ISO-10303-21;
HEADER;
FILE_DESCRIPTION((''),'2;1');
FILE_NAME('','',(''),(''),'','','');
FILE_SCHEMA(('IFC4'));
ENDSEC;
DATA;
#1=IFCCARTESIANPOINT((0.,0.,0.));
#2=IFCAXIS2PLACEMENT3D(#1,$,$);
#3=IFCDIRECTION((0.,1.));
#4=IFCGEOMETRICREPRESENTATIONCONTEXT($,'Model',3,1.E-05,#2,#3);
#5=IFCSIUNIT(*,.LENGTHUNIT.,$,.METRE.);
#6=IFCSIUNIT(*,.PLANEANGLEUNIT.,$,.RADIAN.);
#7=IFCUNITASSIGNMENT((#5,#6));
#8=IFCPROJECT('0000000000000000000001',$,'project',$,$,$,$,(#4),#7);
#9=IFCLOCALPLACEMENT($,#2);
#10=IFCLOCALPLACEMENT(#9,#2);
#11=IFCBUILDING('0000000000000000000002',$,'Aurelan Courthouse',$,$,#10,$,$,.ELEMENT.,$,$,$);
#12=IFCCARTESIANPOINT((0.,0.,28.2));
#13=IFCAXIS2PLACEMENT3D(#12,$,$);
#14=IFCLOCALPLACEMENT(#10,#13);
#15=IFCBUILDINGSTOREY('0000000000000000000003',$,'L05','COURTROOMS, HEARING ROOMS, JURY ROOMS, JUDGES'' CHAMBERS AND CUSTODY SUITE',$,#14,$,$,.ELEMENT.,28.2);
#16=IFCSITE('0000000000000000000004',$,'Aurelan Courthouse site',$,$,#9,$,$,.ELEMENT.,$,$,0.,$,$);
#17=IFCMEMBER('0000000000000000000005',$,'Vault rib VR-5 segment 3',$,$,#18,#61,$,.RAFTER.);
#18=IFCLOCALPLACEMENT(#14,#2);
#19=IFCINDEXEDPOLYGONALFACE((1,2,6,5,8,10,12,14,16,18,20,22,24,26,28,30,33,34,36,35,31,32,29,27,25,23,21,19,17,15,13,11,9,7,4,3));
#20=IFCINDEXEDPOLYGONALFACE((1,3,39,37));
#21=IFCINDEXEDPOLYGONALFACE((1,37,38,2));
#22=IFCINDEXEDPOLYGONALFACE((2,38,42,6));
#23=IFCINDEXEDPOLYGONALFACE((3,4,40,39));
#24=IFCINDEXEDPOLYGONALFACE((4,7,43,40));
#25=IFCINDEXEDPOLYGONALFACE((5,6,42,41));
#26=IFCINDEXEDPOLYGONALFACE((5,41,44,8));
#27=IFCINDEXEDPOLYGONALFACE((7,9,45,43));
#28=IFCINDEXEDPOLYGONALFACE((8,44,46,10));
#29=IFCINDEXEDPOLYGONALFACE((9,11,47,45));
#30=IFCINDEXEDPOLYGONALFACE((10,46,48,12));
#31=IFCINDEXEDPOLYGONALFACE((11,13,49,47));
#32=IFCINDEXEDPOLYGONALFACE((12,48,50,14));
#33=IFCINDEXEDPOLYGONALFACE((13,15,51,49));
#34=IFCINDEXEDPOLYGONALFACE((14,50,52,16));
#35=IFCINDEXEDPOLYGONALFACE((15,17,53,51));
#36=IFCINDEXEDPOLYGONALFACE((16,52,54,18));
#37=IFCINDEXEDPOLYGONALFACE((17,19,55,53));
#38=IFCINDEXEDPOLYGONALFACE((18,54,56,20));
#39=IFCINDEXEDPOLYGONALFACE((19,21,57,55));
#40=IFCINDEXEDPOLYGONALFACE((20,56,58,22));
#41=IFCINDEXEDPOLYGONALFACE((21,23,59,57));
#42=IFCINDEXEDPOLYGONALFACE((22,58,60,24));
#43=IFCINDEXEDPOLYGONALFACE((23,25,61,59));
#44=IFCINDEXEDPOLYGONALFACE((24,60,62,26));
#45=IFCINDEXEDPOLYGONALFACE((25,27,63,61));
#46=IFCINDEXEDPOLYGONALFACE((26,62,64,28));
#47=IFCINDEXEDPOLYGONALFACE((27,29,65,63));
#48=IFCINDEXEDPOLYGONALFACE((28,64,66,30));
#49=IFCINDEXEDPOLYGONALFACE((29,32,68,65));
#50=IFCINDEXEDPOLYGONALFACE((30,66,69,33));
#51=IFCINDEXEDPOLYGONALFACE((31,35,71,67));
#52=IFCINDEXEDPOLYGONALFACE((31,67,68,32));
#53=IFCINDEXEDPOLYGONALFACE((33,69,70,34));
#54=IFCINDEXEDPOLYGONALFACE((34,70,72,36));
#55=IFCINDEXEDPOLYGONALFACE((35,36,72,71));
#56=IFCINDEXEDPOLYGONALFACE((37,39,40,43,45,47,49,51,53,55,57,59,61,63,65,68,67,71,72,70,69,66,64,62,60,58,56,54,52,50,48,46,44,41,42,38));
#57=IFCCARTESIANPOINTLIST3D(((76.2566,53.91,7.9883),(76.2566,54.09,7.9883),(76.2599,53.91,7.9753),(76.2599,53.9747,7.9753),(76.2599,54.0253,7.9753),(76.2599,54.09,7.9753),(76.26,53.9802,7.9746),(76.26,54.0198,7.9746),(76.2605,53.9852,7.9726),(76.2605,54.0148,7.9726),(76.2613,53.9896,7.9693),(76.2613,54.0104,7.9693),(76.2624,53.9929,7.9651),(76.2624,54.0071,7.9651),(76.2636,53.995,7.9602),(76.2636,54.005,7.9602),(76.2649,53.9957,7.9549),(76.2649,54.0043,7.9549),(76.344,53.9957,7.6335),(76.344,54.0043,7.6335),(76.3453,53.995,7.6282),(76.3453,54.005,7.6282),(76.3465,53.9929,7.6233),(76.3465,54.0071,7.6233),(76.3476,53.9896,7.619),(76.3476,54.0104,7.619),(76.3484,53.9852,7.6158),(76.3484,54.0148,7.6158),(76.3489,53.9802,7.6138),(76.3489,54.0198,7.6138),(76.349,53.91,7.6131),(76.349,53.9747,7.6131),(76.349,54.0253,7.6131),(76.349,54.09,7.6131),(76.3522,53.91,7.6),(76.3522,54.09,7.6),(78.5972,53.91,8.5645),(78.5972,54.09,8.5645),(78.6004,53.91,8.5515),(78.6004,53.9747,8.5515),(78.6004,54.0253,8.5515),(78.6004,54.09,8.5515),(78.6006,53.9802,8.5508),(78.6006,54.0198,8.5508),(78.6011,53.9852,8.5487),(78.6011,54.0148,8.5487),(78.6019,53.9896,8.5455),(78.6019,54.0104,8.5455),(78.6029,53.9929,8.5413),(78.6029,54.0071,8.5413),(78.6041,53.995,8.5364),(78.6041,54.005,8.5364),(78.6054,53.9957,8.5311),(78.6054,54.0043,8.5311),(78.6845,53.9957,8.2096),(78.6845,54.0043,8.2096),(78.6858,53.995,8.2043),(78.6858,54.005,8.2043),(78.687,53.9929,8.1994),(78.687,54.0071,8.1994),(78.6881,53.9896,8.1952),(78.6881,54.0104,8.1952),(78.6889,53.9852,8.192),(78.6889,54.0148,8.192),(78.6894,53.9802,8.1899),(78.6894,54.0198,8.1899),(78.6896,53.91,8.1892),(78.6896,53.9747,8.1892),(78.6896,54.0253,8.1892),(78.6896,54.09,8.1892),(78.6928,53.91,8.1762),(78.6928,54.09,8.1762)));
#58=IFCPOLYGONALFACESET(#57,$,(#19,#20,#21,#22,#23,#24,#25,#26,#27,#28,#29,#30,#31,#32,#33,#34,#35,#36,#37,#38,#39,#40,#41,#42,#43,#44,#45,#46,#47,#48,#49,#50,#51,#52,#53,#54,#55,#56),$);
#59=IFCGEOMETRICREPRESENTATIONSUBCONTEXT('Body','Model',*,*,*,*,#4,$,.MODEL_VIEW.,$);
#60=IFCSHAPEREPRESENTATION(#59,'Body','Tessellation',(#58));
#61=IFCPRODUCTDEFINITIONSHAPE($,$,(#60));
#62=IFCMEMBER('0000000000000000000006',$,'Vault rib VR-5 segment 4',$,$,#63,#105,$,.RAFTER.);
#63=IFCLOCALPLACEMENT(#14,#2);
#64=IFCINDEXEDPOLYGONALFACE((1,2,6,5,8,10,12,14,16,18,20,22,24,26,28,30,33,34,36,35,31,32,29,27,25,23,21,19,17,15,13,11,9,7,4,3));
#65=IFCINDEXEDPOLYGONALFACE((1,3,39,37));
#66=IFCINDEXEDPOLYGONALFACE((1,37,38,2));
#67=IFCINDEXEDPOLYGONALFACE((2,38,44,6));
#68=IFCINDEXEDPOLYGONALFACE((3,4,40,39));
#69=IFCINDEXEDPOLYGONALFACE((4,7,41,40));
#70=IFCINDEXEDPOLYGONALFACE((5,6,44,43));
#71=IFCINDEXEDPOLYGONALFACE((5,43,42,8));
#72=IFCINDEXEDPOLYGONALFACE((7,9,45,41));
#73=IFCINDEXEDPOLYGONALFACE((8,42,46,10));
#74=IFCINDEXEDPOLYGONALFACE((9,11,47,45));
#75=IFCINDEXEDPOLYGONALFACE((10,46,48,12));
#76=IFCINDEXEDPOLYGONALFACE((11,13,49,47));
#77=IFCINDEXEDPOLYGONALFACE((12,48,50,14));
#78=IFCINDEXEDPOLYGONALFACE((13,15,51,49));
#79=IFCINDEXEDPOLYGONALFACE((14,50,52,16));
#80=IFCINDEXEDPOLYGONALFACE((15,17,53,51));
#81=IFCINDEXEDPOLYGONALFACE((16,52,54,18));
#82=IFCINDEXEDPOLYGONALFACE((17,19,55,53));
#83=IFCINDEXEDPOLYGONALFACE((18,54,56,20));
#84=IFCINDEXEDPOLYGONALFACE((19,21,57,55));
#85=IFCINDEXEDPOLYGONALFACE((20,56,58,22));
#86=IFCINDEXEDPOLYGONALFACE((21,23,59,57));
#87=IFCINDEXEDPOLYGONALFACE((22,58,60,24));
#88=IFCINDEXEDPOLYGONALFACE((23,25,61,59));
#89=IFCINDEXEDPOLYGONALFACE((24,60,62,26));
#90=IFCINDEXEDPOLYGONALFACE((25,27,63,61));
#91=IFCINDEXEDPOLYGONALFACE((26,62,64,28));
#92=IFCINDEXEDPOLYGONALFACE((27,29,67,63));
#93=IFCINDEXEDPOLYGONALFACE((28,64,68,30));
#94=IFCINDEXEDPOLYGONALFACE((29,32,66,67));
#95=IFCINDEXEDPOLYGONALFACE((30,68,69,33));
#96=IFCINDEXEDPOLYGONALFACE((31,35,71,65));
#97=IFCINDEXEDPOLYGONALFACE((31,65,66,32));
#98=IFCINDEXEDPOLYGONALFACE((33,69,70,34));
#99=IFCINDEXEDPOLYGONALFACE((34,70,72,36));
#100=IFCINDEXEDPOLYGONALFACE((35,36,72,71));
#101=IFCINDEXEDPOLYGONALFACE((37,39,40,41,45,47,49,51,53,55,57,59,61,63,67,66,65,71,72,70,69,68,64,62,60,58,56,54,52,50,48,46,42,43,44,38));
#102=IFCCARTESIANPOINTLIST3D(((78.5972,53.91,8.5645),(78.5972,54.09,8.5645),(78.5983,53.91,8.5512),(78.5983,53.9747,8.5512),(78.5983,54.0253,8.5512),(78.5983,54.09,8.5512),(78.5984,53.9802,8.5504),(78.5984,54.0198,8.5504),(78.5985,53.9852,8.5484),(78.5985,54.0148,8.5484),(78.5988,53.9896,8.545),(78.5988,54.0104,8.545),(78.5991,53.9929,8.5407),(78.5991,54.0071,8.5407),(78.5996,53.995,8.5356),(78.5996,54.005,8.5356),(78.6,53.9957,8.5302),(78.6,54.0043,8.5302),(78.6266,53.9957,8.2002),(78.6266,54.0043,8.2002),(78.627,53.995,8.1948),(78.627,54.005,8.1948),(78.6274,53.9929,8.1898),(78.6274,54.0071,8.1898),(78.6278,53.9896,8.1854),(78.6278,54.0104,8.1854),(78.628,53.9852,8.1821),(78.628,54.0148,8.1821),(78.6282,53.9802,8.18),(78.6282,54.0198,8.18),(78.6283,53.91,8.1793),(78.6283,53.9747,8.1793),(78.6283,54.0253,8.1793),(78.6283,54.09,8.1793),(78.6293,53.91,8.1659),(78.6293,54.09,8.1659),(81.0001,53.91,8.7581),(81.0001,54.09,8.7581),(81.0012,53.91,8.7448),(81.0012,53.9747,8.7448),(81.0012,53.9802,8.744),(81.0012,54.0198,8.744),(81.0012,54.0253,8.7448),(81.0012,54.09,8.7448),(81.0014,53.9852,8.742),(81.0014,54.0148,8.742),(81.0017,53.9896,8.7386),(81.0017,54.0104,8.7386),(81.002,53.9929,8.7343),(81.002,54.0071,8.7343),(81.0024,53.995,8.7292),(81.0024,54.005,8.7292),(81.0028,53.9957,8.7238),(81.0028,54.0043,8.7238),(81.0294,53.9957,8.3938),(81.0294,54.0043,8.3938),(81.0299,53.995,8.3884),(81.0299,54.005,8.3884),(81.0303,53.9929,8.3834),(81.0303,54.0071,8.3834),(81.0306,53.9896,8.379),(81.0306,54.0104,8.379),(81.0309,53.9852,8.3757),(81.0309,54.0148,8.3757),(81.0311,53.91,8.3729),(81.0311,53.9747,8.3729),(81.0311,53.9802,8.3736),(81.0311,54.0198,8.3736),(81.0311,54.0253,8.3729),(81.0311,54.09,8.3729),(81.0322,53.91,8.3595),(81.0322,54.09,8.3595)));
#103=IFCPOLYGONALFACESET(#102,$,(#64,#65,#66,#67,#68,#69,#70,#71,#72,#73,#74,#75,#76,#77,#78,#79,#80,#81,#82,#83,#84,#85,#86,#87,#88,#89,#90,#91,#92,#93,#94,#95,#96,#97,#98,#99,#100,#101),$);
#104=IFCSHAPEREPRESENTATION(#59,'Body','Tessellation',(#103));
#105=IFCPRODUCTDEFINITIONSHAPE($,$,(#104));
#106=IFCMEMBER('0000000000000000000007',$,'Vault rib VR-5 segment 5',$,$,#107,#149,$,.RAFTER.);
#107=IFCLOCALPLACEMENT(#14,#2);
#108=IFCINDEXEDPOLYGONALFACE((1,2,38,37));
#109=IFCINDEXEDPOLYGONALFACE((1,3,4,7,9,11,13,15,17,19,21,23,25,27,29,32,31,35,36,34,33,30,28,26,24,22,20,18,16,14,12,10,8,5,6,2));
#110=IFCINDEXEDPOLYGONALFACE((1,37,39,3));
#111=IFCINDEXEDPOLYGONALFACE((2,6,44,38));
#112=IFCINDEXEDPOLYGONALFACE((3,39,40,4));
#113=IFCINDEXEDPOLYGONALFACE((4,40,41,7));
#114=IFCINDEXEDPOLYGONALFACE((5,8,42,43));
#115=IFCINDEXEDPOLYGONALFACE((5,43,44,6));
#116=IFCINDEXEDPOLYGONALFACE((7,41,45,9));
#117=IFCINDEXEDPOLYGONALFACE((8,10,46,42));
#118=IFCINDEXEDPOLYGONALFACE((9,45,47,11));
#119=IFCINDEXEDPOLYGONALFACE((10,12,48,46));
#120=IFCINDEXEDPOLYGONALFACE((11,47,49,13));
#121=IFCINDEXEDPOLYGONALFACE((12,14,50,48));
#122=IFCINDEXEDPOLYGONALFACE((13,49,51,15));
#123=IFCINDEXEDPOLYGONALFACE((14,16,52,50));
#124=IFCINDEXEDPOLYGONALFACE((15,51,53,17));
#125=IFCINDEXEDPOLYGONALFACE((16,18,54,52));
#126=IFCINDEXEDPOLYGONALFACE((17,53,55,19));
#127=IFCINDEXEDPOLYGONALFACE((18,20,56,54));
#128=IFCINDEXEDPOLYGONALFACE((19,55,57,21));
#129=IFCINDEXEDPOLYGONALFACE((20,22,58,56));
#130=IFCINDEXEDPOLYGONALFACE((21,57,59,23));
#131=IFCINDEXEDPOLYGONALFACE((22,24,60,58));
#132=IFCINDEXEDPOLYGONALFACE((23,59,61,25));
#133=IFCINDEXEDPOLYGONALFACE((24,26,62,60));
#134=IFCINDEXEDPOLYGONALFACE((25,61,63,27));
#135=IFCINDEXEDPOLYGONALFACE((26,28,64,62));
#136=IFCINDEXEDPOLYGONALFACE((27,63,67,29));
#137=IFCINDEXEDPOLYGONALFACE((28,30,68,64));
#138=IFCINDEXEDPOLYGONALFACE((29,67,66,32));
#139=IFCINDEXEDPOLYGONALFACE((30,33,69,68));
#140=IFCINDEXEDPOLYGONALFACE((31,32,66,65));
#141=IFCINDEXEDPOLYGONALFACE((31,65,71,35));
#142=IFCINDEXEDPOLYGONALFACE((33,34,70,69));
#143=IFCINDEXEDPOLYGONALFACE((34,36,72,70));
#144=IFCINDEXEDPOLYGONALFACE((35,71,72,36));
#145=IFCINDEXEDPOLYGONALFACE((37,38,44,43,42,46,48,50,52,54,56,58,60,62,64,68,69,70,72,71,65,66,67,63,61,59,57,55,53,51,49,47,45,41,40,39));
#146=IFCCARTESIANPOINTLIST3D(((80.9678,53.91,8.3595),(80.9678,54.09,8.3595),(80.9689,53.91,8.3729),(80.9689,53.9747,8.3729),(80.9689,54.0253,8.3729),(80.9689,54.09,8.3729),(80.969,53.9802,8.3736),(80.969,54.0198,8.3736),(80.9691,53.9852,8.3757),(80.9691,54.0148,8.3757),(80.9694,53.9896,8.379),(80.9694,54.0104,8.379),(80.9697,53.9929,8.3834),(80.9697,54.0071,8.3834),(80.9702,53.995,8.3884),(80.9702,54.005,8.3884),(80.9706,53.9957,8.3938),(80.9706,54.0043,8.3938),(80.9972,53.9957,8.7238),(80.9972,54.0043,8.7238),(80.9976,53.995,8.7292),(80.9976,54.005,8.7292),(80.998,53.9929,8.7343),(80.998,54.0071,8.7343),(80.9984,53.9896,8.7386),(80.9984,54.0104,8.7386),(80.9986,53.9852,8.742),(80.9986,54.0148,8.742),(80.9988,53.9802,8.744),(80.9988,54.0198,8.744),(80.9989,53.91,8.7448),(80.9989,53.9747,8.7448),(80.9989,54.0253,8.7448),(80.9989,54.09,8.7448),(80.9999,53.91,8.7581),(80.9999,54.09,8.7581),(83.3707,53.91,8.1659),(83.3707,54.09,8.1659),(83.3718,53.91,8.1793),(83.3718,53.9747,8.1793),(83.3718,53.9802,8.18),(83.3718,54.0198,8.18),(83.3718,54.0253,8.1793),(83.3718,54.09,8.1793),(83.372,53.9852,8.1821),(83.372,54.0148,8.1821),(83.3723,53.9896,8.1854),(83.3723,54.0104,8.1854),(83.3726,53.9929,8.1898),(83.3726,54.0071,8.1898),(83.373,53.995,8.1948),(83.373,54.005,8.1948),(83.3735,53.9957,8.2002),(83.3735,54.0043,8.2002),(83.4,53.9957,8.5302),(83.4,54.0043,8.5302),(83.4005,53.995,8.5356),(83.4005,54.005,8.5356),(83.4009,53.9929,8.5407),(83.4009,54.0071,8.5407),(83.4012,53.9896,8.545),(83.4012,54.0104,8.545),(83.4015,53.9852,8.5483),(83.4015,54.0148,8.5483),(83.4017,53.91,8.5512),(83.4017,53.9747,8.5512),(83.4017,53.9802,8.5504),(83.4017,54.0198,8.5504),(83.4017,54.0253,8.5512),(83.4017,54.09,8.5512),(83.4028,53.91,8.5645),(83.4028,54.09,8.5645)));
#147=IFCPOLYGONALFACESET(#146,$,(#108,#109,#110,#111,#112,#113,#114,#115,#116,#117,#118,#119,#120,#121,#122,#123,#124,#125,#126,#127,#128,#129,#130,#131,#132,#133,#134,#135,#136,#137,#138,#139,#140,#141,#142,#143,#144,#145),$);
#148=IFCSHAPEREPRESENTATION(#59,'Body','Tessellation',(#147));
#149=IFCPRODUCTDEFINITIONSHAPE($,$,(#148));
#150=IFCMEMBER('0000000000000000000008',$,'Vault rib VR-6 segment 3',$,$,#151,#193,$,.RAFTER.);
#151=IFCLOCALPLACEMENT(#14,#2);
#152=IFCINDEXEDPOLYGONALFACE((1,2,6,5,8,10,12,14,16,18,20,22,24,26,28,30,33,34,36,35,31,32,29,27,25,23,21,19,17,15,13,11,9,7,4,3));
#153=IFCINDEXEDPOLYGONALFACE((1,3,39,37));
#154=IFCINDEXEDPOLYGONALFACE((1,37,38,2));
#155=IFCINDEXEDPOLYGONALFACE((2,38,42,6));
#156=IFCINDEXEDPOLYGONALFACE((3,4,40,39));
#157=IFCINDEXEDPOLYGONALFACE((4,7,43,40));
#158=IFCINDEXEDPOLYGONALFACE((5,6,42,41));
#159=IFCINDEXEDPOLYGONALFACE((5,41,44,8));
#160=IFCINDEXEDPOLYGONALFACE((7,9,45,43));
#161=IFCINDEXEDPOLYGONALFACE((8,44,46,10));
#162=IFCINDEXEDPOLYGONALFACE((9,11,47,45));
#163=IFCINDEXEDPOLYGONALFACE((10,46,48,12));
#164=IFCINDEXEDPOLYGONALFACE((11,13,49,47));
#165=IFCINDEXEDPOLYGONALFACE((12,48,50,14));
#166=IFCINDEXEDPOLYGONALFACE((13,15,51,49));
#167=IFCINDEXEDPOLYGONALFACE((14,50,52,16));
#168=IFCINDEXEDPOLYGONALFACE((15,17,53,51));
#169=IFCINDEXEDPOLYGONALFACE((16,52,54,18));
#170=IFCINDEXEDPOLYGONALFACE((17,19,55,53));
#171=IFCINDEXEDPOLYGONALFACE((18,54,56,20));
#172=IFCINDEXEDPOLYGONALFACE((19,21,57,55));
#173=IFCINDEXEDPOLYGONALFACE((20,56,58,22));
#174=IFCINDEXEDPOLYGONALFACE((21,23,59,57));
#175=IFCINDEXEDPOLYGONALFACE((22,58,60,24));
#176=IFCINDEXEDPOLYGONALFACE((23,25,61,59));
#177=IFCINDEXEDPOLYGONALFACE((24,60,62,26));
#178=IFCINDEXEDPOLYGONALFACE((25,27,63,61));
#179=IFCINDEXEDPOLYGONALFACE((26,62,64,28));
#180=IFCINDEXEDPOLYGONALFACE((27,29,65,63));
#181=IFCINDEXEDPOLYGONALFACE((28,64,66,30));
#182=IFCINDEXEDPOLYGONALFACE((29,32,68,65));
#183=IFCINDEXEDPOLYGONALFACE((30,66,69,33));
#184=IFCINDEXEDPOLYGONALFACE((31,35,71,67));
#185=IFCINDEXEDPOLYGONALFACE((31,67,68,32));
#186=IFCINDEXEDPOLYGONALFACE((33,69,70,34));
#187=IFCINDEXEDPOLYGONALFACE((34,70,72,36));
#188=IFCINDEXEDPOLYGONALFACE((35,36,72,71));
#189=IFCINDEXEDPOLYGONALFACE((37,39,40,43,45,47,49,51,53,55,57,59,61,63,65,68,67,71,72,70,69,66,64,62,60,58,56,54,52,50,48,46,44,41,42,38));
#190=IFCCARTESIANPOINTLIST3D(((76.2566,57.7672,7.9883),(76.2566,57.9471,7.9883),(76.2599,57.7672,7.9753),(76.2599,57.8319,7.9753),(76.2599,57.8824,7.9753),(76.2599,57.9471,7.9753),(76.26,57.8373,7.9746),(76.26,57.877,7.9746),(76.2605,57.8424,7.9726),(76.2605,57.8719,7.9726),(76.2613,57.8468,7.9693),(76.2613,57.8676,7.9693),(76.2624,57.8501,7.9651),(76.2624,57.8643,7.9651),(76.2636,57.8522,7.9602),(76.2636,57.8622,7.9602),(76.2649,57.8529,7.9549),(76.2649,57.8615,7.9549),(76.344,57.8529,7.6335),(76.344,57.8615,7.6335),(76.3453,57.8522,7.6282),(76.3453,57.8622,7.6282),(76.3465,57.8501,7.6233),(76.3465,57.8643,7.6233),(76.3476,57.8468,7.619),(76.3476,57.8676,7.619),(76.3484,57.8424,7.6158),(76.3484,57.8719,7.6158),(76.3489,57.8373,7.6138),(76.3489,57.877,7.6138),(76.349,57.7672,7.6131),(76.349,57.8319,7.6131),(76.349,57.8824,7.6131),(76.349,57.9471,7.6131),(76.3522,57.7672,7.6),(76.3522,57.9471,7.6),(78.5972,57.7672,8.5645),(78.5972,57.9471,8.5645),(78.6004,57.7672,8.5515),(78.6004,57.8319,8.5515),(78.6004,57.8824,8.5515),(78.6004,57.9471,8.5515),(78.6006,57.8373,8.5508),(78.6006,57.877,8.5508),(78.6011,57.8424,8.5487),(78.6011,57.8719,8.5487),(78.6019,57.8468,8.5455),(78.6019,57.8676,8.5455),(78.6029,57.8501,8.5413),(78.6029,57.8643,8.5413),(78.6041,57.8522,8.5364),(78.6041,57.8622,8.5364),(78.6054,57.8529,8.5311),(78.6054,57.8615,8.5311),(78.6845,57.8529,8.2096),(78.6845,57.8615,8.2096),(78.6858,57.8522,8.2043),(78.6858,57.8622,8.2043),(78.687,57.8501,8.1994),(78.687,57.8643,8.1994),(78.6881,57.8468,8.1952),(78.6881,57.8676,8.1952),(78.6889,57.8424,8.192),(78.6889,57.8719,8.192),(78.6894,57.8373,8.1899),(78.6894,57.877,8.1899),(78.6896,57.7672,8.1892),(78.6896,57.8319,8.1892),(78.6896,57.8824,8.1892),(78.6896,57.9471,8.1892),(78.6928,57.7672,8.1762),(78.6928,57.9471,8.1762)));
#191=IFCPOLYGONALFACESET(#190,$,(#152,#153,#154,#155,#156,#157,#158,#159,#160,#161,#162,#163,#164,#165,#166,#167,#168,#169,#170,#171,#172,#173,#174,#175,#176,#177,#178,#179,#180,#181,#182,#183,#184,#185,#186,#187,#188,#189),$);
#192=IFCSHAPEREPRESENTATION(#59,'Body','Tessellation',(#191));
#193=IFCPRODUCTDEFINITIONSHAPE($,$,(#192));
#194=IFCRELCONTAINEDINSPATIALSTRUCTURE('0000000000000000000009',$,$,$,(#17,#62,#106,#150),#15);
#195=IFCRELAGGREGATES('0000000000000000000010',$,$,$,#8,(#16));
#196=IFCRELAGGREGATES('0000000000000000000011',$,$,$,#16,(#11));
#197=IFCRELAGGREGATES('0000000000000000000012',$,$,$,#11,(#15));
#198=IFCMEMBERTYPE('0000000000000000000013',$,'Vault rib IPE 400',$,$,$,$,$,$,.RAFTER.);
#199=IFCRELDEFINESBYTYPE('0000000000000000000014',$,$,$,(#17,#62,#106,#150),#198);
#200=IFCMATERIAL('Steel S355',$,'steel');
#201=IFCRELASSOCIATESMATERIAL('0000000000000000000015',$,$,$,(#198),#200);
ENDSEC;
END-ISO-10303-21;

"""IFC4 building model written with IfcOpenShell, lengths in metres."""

from ifc_helpers import new_model, si_unit, direction, frame, origin, origin_2d, place, context, subcontext, project, spatial, i_section, extrude, material, material_profile, profile_set, type_object, element, save


model = new_model("IFC4")

# Units and contexts
model_context = context("Model", 3, precision=1e-05, world=origin(), true_north=direction((0.0, 1.0)))
body_context = subcontext(model_context, "Body", "Model", "MODEL_VIEW")
ifc_project = project(units=[si_unit("LENGTHUNIT", "METRE"), si_unit("PLANEANGLEUNIT", "RADIAN")], contexts=[model_context])

# Site, building, storey
site_placement = place(None, origin())
site = spatial("IfcSite", under=ifc_project, at=site_placement, Name="Aurelan Courthouse site", CompositionType="ELEMENT", RefElevation=0.0)
building_placement = place(site_placement, origin())
building = spatial("IfcBuilding", under=site, at=building_placement, Name="Aurelan Courthouse", CompositionType="ELEMENT")
storey_placement = place(building_placement, frame((0.0, 0.0, 28.2)))
storey = spatial("IfcBuildingStorey", under=building, at=storey_placement, Name="L05", Description="COURTROOMS, HEARING ROOMS, JURY ROOMS, JUDGES' CHAMBERS AND CUSTODY SUITE", CompositionType="ELEMENT", Elevation=28.2)

# Shared definitions
ifc_material_1 = material(Name="Steel S355", Category="steel")

# Members
ifc_material_profile_1 = material_profile(ifc_material_1, i_section(OverallWidth=0.1799, OverallDepth=0.3999, WebThickness=0.0085, FlangeThickness=0.0134, FilletRadius=0.021, at=origin_2d()), Name="IPE 400")
ifc_profile_set_1 = profile_set([ifc_material_profile_1], Name="Steel S355")
member_type_1 = type_object("IfcMemberType", Name="Vault rib IPE 400", PredefinedType="RAFTER", material=ifc_profile_set_1)
member_1_placement = place(storey_placement, frame((76.3044, 54.0, 7.7942), z_axis=(0.971012, 0.0, 0.239031), x_axis=(0.0, 1.0, 0.0)))
element("IfcMember", 1, at=member_1_placement, inside=storey, type_object=member_type_1, Name="Vault rib VR-5 segment 3", PredefinedType="RAFTER", context=body_context, shape_type="SweptSolid", body=[
    extrude(i_section(OverallWidth=0.1799, OverallDepth=0.3999, WebThickness=0.0085, FlangeThickness=0.0134, FilletRadius=0.021, at=origin_2d()), origin(), (0.0, 0.0, 1.0), 2.4104),
])
for number, where, z_axis, x_axis, name in (
    (2, (78.6133, 54.0, 8.3652), (0.99677, 0.0, 0.080313), (0.0, 1.0, 0.0), "Vault rib VR-5 segment 4"),
    (3, (80.9839, 54.0, 8.5588), (0.99677, 0.0, -0.080313), (0.0, 1.0, 0.0), "Vault rib VR-5 segment 5"),
):
    element("IfcMember", number, at=place(storey_placement, frame(where, z_axis=z_axis, x_axis=x_axis)), inside=storey, type_object=member_type_1, Name=name, PredefinedType="RAFTER", context=body_context, shape_type="SweptSolid", body=[
        extrude(i_section(OverallWidth=0.1799, OverallDepth=0.3999, WebThickness=0.0085, FlangeThickness=0.0134, FilletRadius=0.021, at=origin_2d()), origin(), (0.0, 0.0, 1.0), 2.4106),
    ])
member_2_placement = place(storey_placement, frame((76.3044, 57.8572, 7.7942), z_axis=(0.971012, 0.0, 0.239031), x_axis=(0.0, 1.0, 0.0)))
element("IfcMember", 4, at=member_2_placement, inside=storey, type_object=member_type_1, Name="Vault rib VR-6 segment 3", PredefinedType="RAFTER", context=body_context, shape_type="SweptSolid", body=[
    extrude(i_section(OverallWidth=0.1799, OverallDepth=0.3999, WebThickness=0.0085, FlangeThickness=0.0134, FilletRadius=0.021, at=origin_2d()), origin(), (0.0, 0.0, 1.0), 2.4104),
])

save(model, "model.ifc")
